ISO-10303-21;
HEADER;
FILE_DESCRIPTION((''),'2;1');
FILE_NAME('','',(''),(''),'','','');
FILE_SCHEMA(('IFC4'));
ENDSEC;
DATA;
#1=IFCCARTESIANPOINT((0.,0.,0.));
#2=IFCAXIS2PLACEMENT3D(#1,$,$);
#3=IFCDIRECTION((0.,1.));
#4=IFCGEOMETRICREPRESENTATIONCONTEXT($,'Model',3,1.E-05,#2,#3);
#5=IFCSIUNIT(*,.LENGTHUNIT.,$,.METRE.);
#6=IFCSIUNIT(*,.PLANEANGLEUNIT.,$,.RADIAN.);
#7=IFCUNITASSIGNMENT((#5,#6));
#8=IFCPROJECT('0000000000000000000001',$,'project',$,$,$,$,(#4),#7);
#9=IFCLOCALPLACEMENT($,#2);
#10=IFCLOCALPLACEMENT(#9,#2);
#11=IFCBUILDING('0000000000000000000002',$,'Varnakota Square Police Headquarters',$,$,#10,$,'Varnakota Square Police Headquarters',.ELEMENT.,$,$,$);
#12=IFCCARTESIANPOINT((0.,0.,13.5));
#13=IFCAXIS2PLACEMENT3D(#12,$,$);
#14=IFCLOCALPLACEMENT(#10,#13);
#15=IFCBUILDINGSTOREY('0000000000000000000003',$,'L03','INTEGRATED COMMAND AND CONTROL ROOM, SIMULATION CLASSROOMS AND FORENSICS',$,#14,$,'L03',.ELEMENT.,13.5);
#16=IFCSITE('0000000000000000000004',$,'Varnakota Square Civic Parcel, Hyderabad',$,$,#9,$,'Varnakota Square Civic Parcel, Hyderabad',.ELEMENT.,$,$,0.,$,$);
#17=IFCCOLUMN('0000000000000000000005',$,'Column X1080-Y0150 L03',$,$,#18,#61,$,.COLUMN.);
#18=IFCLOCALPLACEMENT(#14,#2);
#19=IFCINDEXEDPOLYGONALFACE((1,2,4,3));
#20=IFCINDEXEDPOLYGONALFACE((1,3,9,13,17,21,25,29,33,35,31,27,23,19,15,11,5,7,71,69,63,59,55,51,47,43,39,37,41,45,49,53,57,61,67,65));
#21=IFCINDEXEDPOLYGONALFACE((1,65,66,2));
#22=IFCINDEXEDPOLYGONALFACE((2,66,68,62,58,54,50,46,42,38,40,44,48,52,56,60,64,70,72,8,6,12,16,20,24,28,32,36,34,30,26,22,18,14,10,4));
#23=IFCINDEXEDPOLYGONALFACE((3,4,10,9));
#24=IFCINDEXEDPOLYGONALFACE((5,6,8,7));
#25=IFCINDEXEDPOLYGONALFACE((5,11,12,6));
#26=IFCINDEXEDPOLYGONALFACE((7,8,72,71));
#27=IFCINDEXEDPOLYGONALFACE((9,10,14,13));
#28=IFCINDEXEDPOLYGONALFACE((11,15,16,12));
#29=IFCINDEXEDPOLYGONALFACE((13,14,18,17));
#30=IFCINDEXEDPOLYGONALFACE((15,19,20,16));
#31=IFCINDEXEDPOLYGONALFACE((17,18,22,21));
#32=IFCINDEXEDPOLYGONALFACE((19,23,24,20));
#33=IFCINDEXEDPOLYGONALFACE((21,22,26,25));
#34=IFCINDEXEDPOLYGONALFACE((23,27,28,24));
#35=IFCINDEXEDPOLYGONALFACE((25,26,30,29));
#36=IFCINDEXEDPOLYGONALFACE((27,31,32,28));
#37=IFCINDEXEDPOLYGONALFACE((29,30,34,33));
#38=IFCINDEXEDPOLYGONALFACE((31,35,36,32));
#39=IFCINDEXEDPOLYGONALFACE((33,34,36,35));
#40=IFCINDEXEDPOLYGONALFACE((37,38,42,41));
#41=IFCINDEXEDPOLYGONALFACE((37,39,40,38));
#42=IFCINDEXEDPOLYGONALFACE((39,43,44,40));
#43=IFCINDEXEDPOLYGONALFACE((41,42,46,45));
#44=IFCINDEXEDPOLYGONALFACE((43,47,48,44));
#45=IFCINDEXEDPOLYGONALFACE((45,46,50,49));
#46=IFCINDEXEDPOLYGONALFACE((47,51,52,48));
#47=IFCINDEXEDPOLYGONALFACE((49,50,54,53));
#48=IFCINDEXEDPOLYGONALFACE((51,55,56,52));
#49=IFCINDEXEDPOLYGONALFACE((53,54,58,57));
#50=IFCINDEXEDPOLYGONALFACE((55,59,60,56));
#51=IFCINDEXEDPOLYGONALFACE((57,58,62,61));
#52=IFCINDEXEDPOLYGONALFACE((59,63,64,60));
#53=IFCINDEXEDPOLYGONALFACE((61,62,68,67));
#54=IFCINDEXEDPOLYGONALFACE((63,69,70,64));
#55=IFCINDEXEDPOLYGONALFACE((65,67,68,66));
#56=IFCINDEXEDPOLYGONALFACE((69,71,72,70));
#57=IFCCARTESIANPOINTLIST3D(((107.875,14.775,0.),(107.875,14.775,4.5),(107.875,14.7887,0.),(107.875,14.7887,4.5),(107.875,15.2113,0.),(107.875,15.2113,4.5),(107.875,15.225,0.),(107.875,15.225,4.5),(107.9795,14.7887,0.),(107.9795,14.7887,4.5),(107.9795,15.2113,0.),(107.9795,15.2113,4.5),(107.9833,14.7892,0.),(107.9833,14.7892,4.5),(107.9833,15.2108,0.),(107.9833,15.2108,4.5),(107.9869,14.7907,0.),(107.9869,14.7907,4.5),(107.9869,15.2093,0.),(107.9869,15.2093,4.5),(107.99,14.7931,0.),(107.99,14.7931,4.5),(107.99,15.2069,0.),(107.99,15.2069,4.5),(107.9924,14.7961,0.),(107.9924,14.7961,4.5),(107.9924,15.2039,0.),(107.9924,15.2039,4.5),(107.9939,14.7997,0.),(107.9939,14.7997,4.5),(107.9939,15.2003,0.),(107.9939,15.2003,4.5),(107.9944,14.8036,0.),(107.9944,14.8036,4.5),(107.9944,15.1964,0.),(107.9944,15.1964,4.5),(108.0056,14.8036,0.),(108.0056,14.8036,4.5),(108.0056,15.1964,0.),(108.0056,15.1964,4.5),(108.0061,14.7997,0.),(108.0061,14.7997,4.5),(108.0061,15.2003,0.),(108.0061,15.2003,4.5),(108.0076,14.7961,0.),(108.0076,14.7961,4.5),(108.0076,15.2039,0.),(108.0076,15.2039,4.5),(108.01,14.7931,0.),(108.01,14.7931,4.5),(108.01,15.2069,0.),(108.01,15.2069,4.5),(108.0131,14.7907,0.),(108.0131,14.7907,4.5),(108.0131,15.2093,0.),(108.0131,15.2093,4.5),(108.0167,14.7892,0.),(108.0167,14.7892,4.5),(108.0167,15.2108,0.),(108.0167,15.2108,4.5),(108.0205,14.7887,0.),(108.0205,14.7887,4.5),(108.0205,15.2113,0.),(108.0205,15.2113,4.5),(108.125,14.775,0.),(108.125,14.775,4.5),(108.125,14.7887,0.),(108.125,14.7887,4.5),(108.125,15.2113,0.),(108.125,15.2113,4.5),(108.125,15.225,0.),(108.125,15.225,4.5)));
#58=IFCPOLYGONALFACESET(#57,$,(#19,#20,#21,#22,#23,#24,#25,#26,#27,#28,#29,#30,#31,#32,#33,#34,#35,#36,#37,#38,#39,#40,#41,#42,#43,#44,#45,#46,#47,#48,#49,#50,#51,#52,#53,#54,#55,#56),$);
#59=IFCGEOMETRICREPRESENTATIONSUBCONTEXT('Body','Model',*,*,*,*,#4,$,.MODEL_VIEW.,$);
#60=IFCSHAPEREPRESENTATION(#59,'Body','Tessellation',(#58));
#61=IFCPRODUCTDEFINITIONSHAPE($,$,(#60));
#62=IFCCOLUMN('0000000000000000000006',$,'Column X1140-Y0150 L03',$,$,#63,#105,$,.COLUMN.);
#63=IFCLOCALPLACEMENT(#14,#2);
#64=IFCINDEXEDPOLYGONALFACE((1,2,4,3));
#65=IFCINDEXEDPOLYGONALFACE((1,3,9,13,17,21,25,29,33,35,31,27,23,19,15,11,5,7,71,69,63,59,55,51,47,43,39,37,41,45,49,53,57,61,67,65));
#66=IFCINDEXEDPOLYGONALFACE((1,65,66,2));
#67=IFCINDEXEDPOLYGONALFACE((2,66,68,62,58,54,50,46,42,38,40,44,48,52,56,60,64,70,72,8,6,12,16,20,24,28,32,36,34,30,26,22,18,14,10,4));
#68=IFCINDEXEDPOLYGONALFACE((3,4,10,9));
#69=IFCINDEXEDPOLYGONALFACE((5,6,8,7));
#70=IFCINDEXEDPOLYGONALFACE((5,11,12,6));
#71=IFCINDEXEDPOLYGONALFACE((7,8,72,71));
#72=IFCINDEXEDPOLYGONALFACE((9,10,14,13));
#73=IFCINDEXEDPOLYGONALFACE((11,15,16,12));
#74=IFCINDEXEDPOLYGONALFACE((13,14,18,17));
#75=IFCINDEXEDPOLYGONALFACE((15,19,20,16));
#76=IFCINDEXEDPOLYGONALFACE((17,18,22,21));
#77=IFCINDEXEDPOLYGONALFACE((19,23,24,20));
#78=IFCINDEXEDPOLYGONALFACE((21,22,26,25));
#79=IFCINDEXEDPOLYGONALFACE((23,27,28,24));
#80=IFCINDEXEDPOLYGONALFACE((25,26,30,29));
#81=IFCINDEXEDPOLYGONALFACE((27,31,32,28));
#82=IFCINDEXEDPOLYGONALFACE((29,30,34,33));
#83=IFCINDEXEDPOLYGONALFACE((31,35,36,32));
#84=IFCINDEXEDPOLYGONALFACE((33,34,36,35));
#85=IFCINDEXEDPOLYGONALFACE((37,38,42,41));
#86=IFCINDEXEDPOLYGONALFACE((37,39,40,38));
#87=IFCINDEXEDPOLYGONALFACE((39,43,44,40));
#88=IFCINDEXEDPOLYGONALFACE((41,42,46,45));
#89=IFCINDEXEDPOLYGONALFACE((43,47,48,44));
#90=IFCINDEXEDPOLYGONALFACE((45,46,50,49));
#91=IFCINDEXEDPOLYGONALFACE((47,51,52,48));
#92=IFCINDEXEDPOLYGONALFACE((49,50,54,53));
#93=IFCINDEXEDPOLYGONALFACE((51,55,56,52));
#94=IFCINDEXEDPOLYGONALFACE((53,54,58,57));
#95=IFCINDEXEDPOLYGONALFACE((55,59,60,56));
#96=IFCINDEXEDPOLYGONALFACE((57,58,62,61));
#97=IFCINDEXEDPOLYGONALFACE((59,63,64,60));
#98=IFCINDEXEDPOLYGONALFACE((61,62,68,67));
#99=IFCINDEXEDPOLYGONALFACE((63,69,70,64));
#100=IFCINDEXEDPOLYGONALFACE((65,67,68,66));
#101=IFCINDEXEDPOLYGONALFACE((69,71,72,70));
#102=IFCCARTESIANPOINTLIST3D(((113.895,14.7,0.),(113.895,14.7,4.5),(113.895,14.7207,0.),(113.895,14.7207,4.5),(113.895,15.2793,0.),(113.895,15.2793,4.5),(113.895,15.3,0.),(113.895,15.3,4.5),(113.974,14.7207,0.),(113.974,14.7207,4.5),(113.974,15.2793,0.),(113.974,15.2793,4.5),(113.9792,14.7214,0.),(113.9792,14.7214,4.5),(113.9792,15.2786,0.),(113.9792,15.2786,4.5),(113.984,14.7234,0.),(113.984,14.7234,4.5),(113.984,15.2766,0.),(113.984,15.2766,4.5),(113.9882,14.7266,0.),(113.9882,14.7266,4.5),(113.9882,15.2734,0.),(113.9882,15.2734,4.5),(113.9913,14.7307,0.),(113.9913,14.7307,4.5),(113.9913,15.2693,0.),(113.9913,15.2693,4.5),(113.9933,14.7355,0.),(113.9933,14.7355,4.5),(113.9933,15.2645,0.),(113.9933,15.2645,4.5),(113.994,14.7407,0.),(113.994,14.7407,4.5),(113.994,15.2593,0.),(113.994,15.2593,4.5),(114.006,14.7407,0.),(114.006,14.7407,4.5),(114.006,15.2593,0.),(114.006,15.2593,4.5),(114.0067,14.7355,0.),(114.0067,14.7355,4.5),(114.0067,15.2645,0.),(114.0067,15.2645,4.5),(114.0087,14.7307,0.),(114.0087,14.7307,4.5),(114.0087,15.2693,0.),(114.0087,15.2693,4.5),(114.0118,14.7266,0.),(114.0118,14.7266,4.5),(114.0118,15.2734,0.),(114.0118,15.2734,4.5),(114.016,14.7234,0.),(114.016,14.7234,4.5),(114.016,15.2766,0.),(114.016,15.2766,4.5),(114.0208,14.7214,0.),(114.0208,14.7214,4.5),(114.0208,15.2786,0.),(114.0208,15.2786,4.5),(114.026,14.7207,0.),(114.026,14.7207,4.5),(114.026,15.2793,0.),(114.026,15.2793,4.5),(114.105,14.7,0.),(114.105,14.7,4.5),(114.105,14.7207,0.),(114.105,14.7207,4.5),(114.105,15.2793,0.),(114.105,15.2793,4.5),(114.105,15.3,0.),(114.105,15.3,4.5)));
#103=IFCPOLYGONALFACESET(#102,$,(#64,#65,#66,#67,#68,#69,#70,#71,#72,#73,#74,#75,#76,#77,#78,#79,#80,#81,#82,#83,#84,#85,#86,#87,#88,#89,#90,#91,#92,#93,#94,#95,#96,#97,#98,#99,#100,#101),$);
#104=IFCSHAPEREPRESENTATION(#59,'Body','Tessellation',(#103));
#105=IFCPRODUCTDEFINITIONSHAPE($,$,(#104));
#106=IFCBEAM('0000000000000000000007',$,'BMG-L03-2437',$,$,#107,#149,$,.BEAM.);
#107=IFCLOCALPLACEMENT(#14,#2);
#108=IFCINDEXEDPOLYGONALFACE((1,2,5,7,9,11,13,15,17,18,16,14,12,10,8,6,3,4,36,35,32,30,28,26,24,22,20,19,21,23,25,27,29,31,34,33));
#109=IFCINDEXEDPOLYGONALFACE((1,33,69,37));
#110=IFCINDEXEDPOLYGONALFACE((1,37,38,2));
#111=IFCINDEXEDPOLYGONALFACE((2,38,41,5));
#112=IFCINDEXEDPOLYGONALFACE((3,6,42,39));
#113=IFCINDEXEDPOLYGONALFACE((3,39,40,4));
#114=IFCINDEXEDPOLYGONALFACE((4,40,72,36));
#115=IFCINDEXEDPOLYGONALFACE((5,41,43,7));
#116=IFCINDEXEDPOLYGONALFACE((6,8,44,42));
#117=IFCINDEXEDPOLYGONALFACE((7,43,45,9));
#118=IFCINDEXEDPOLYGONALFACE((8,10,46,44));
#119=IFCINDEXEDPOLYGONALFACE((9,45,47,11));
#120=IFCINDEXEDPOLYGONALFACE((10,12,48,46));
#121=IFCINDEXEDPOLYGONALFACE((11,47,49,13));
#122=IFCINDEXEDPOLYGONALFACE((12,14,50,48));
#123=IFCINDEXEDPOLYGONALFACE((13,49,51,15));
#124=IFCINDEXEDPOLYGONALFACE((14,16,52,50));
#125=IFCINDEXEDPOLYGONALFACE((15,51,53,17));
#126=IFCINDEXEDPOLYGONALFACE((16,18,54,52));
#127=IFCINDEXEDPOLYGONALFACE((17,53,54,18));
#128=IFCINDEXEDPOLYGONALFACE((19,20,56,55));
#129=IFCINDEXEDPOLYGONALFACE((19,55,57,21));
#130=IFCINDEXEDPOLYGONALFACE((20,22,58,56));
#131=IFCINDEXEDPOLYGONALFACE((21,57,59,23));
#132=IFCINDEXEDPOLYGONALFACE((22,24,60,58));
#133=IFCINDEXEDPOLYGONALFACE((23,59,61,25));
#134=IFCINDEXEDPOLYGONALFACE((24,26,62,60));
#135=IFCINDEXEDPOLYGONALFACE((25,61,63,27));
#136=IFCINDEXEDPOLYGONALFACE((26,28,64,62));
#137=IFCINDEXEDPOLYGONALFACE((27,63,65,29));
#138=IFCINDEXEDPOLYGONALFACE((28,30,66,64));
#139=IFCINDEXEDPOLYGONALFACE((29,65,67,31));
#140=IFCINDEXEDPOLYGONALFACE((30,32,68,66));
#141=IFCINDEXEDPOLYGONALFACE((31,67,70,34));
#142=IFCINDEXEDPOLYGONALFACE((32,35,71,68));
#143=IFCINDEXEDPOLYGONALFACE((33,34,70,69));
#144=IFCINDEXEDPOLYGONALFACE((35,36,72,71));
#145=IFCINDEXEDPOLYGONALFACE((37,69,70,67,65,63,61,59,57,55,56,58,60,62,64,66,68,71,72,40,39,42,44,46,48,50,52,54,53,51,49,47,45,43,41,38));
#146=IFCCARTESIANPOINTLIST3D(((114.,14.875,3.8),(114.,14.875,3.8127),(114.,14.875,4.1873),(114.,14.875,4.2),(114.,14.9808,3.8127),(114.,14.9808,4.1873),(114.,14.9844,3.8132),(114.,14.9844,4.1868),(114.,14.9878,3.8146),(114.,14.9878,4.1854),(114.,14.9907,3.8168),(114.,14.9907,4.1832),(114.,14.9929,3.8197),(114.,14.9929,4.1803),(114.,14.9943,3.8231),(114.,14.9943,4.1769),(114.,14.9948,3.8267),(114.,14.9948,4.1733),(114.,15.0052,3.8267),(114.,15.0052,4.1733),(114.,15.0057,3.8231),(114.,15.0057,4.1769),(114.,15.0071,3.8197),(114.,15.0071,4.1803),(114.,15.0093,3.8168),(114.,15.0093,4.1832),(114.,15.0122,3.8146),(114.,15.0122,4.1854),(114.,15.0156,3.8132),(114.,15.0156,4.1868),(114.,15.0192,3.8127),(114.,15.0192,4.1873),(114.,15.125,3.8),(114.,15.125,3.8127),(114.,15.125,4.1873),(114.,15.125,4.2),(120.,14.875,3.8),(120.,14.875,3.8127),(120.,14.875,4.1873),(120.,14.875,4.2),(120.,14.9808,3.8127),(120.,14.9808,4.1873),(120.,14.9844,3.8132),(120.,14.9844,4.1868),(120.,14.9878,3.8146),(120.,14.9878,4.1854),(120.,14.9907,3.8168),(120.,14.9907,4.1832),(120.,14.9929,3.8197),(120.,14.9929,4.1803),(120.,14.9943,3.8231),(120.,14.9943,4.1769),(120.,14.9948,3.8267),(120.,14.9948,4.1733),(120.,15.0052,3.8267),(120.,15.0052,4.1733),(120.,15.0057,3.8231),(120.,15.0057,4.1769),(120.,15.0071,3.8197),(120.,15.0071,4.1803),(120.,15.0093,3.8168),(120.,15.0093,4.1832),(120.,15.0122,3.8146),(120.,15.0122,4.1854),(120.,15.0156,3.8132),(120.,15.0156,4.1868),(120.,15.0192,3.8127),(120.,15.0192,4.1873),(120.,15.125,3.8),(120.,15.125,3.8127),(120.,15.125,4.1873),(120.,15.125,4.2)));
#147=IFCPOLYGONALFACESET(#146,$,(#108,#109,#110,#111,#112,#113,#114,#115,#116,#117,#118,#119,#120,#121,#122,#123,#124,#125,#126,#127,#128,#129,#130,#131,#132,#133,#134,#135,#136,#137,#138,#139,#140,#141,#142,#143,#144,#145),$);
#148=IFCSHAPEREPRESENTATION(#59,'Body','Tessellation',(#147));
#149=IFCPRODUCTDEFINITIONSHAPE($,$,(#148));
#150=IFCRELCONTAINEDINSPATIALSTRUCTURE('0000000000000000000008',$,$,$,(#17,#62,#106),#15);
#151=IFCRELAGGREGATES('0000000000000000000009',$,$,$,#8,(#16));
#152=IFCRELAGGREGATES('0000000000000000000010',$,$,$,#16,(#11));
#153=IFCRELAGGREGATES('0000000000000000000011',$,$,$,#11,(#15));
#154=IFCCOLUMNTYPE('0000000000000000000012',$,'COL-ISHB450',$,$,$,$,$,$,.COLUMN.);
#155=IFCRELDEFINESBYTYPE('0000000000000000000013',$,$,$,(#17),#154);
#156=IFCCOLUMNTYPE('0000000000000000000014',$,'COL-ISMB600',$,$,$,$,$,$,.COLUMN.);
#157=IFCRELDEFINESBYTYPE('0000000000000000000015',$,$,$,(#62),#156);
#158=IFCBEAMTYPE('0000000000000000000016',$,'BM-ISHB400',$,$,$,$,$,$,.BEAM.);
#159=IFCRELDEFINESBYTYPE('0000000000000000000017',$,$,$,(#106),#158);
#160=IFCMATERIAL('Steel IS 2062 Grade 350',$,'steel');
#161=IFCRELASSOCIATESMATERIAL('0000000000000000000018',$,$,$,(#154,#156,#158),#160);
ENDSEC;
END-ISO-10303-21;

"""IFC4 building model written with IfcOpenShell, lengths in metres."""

from ifc_helpers import new_model, si_unit, direction, frame, origin, origin_2d, place, context, subcontext, project, spatial, i_section, extrude, material, material_profile, profile_set, type_object, element, save


model = new_model("IFC4")

# Units and contexts
model_context = context("Model", 3, precision=1e-05, world=origin(), true_north=direction((0.0, 1.0)))
body_context = subcontext(model_context, "Body", "Model", "MODEL_VIEW")
ifc_project = project(units=[si_unit("LENGTHUNIT", "METRE"), si_unit("PLANEANGLEUNIT", "RADIAN")], contexts=[model_context])

# Site, building, storey
site_placement = place(None, origin())
site = spatial("IfcSite", under=ifc_project, at=site_placement, Name="Varnakota Square Civic Parcel, Hyderabad", LongName="Varnakota Square Civic Parcel, Hyderabad", CompositionType="ELEMENT", RefElevation=0.0)
building_placement = place(site_placement, origin())
building = spatial("IfcBuilding", under=site, at=building_placement, Name="Varnakota Square Police Headquarters", LongName="Varnakota Square Police Headquarters", CompositionType="ELEMENT")
storey_placement = place(building_placement, frame((0.0, 0.0, 13.5)))
storey = spatial("IfcBuildingStorey", under=building, at=storey_placement, Name="L03", Description="INTEGRATED COMMAND AND CONTROL ROOM, SIMULATION CLASSROOMS AND FORENSICS", LongName="L03", CompositionType="ELEMENT", Elevation=13.5)

# Columns
ifc_material_1 = material(Name="Steel IS 2062 Grade 350", Category="steel")
ifc_material_profile_1 = material_profile(ifc_material_1, i_section(OverallWidth=0.25, OverallDepth=0.45, WebThickness=0.0112, FlangeThickness=0.0137, FilletRadius=0.0149, at=origin_2d()), Name="ISHB 450")
ifc_profile_set_1 = profile_set([ifc_material_profile_1], Name="Steel IS 2062 Grade 350")
column_type_1 = type_object("IfcColumnType", Name="COL-ISHB450", PredefinedType="COLUMN", material=ifc_profile_set_1)
column_1_placement = place(storey_placement, frame((108.0, 15.0, 0.0), z_axis=(0.0, 0.0, 1.0), x_axis=(1.0, 0.0, 0.0)))
element("IfcColumn", 1, at=column_1_placement, inside=storey, type_object=column_type_1, Name="Column X1080-Y0150 L03", PredefinedType="COLUMN", context=body_context, shape_type="SweptSolid", body=[
    extrude(i_section(OverallWidth=0.25, OverallDepth=0.45, WebThickness=0.0112, FlangeThickness=0.0137, FilletRadius=0.0149, at=origin_2d()), origin(), (0.0, 0.0, 1.0), 4.5),
])
ifc_material_profile_2 = material_profile(ifc_material_1, i_section(OverallWidth=0.21, OverallDepth=0.6001, WebThickness=0.012, FlangeThickness=0.0208, FilletRadius=0.02, at=origin_2d()), Name="ISMB 600")
ifc_profile_set_2 = profile_set([ifc_material_profile_2], Name="Steel IS 2062 Grade 350")
column_type_2 = type_object("IfcColumnType", Name="COL-ISMB600", PredefinedType="COLUMN", material=ifc_profile_set_2)
column_2_placement = place(storey_placement, frame((114.0, 15.0, 0.0), z_axis=(0.0, 0.0, 1.0), x_axis=(1.0, 0.0, 0.0)))
element("IfcColumn", 2, at=column_2_placement, inside=storey, type_object=column_type_2, Name="Column X1140-Y0150 L03", PredefinedType="COLUMN", context=body_context, shape_type="SweptSolid", body=[
    extrude(i_section(OverallWidth=0.21, OverallDepth=0.6001, WebThickness=0.012, FlangeThickness=0.0208, FilletRadius=0.02, at=origin_2d()), origin(), (0.0, 0.0, 1.0), 4.5),
])

# Beam
ifc_material_profile_3 = material_profile(ifc_material_1, i_section(OverallWidth=0.25, OverallDepth=0.3999, WebThickness=0.0105, FlangeThickness=0.0127, FilletRadius=0.0139, at=origin_2d()), Name="ISHB 400")
ifc_profile_set_3 = profile_set([ifc_material_profile_3], Name="Steel IS 2062 Grade 350")
beam_type_1 = type_object("IfcBeamType", Name="BM-ISHB400", PredefinedType="BEAM", material=ifc_profile_set_3)
beam_1_placement = place(storey_placement, frame((114.0, 15.0, 4.0), z_axis=(1.0, 0.0, 0.0), x_axis=(0.0, 1.0, 0.0)))
element("IfcBeam", 3, at=beam_1_placement, inside=storey, type_object=beam_type_1, Name="BMG-L03-2437", PredefinedType="BEAM", context=body_context, shape_type="SweptSolid", body=[
    extrude(i_section(OverallWidth=0.25, OverallDepth=0.3999, WebThickness=0.0105, FlangeThickness=0.0127, FilletRadius=0.0139, at=origin_2d()), origin(), (0.0, 0.0, 1.0), 6.0),
])

save(model, "model.ifc")
